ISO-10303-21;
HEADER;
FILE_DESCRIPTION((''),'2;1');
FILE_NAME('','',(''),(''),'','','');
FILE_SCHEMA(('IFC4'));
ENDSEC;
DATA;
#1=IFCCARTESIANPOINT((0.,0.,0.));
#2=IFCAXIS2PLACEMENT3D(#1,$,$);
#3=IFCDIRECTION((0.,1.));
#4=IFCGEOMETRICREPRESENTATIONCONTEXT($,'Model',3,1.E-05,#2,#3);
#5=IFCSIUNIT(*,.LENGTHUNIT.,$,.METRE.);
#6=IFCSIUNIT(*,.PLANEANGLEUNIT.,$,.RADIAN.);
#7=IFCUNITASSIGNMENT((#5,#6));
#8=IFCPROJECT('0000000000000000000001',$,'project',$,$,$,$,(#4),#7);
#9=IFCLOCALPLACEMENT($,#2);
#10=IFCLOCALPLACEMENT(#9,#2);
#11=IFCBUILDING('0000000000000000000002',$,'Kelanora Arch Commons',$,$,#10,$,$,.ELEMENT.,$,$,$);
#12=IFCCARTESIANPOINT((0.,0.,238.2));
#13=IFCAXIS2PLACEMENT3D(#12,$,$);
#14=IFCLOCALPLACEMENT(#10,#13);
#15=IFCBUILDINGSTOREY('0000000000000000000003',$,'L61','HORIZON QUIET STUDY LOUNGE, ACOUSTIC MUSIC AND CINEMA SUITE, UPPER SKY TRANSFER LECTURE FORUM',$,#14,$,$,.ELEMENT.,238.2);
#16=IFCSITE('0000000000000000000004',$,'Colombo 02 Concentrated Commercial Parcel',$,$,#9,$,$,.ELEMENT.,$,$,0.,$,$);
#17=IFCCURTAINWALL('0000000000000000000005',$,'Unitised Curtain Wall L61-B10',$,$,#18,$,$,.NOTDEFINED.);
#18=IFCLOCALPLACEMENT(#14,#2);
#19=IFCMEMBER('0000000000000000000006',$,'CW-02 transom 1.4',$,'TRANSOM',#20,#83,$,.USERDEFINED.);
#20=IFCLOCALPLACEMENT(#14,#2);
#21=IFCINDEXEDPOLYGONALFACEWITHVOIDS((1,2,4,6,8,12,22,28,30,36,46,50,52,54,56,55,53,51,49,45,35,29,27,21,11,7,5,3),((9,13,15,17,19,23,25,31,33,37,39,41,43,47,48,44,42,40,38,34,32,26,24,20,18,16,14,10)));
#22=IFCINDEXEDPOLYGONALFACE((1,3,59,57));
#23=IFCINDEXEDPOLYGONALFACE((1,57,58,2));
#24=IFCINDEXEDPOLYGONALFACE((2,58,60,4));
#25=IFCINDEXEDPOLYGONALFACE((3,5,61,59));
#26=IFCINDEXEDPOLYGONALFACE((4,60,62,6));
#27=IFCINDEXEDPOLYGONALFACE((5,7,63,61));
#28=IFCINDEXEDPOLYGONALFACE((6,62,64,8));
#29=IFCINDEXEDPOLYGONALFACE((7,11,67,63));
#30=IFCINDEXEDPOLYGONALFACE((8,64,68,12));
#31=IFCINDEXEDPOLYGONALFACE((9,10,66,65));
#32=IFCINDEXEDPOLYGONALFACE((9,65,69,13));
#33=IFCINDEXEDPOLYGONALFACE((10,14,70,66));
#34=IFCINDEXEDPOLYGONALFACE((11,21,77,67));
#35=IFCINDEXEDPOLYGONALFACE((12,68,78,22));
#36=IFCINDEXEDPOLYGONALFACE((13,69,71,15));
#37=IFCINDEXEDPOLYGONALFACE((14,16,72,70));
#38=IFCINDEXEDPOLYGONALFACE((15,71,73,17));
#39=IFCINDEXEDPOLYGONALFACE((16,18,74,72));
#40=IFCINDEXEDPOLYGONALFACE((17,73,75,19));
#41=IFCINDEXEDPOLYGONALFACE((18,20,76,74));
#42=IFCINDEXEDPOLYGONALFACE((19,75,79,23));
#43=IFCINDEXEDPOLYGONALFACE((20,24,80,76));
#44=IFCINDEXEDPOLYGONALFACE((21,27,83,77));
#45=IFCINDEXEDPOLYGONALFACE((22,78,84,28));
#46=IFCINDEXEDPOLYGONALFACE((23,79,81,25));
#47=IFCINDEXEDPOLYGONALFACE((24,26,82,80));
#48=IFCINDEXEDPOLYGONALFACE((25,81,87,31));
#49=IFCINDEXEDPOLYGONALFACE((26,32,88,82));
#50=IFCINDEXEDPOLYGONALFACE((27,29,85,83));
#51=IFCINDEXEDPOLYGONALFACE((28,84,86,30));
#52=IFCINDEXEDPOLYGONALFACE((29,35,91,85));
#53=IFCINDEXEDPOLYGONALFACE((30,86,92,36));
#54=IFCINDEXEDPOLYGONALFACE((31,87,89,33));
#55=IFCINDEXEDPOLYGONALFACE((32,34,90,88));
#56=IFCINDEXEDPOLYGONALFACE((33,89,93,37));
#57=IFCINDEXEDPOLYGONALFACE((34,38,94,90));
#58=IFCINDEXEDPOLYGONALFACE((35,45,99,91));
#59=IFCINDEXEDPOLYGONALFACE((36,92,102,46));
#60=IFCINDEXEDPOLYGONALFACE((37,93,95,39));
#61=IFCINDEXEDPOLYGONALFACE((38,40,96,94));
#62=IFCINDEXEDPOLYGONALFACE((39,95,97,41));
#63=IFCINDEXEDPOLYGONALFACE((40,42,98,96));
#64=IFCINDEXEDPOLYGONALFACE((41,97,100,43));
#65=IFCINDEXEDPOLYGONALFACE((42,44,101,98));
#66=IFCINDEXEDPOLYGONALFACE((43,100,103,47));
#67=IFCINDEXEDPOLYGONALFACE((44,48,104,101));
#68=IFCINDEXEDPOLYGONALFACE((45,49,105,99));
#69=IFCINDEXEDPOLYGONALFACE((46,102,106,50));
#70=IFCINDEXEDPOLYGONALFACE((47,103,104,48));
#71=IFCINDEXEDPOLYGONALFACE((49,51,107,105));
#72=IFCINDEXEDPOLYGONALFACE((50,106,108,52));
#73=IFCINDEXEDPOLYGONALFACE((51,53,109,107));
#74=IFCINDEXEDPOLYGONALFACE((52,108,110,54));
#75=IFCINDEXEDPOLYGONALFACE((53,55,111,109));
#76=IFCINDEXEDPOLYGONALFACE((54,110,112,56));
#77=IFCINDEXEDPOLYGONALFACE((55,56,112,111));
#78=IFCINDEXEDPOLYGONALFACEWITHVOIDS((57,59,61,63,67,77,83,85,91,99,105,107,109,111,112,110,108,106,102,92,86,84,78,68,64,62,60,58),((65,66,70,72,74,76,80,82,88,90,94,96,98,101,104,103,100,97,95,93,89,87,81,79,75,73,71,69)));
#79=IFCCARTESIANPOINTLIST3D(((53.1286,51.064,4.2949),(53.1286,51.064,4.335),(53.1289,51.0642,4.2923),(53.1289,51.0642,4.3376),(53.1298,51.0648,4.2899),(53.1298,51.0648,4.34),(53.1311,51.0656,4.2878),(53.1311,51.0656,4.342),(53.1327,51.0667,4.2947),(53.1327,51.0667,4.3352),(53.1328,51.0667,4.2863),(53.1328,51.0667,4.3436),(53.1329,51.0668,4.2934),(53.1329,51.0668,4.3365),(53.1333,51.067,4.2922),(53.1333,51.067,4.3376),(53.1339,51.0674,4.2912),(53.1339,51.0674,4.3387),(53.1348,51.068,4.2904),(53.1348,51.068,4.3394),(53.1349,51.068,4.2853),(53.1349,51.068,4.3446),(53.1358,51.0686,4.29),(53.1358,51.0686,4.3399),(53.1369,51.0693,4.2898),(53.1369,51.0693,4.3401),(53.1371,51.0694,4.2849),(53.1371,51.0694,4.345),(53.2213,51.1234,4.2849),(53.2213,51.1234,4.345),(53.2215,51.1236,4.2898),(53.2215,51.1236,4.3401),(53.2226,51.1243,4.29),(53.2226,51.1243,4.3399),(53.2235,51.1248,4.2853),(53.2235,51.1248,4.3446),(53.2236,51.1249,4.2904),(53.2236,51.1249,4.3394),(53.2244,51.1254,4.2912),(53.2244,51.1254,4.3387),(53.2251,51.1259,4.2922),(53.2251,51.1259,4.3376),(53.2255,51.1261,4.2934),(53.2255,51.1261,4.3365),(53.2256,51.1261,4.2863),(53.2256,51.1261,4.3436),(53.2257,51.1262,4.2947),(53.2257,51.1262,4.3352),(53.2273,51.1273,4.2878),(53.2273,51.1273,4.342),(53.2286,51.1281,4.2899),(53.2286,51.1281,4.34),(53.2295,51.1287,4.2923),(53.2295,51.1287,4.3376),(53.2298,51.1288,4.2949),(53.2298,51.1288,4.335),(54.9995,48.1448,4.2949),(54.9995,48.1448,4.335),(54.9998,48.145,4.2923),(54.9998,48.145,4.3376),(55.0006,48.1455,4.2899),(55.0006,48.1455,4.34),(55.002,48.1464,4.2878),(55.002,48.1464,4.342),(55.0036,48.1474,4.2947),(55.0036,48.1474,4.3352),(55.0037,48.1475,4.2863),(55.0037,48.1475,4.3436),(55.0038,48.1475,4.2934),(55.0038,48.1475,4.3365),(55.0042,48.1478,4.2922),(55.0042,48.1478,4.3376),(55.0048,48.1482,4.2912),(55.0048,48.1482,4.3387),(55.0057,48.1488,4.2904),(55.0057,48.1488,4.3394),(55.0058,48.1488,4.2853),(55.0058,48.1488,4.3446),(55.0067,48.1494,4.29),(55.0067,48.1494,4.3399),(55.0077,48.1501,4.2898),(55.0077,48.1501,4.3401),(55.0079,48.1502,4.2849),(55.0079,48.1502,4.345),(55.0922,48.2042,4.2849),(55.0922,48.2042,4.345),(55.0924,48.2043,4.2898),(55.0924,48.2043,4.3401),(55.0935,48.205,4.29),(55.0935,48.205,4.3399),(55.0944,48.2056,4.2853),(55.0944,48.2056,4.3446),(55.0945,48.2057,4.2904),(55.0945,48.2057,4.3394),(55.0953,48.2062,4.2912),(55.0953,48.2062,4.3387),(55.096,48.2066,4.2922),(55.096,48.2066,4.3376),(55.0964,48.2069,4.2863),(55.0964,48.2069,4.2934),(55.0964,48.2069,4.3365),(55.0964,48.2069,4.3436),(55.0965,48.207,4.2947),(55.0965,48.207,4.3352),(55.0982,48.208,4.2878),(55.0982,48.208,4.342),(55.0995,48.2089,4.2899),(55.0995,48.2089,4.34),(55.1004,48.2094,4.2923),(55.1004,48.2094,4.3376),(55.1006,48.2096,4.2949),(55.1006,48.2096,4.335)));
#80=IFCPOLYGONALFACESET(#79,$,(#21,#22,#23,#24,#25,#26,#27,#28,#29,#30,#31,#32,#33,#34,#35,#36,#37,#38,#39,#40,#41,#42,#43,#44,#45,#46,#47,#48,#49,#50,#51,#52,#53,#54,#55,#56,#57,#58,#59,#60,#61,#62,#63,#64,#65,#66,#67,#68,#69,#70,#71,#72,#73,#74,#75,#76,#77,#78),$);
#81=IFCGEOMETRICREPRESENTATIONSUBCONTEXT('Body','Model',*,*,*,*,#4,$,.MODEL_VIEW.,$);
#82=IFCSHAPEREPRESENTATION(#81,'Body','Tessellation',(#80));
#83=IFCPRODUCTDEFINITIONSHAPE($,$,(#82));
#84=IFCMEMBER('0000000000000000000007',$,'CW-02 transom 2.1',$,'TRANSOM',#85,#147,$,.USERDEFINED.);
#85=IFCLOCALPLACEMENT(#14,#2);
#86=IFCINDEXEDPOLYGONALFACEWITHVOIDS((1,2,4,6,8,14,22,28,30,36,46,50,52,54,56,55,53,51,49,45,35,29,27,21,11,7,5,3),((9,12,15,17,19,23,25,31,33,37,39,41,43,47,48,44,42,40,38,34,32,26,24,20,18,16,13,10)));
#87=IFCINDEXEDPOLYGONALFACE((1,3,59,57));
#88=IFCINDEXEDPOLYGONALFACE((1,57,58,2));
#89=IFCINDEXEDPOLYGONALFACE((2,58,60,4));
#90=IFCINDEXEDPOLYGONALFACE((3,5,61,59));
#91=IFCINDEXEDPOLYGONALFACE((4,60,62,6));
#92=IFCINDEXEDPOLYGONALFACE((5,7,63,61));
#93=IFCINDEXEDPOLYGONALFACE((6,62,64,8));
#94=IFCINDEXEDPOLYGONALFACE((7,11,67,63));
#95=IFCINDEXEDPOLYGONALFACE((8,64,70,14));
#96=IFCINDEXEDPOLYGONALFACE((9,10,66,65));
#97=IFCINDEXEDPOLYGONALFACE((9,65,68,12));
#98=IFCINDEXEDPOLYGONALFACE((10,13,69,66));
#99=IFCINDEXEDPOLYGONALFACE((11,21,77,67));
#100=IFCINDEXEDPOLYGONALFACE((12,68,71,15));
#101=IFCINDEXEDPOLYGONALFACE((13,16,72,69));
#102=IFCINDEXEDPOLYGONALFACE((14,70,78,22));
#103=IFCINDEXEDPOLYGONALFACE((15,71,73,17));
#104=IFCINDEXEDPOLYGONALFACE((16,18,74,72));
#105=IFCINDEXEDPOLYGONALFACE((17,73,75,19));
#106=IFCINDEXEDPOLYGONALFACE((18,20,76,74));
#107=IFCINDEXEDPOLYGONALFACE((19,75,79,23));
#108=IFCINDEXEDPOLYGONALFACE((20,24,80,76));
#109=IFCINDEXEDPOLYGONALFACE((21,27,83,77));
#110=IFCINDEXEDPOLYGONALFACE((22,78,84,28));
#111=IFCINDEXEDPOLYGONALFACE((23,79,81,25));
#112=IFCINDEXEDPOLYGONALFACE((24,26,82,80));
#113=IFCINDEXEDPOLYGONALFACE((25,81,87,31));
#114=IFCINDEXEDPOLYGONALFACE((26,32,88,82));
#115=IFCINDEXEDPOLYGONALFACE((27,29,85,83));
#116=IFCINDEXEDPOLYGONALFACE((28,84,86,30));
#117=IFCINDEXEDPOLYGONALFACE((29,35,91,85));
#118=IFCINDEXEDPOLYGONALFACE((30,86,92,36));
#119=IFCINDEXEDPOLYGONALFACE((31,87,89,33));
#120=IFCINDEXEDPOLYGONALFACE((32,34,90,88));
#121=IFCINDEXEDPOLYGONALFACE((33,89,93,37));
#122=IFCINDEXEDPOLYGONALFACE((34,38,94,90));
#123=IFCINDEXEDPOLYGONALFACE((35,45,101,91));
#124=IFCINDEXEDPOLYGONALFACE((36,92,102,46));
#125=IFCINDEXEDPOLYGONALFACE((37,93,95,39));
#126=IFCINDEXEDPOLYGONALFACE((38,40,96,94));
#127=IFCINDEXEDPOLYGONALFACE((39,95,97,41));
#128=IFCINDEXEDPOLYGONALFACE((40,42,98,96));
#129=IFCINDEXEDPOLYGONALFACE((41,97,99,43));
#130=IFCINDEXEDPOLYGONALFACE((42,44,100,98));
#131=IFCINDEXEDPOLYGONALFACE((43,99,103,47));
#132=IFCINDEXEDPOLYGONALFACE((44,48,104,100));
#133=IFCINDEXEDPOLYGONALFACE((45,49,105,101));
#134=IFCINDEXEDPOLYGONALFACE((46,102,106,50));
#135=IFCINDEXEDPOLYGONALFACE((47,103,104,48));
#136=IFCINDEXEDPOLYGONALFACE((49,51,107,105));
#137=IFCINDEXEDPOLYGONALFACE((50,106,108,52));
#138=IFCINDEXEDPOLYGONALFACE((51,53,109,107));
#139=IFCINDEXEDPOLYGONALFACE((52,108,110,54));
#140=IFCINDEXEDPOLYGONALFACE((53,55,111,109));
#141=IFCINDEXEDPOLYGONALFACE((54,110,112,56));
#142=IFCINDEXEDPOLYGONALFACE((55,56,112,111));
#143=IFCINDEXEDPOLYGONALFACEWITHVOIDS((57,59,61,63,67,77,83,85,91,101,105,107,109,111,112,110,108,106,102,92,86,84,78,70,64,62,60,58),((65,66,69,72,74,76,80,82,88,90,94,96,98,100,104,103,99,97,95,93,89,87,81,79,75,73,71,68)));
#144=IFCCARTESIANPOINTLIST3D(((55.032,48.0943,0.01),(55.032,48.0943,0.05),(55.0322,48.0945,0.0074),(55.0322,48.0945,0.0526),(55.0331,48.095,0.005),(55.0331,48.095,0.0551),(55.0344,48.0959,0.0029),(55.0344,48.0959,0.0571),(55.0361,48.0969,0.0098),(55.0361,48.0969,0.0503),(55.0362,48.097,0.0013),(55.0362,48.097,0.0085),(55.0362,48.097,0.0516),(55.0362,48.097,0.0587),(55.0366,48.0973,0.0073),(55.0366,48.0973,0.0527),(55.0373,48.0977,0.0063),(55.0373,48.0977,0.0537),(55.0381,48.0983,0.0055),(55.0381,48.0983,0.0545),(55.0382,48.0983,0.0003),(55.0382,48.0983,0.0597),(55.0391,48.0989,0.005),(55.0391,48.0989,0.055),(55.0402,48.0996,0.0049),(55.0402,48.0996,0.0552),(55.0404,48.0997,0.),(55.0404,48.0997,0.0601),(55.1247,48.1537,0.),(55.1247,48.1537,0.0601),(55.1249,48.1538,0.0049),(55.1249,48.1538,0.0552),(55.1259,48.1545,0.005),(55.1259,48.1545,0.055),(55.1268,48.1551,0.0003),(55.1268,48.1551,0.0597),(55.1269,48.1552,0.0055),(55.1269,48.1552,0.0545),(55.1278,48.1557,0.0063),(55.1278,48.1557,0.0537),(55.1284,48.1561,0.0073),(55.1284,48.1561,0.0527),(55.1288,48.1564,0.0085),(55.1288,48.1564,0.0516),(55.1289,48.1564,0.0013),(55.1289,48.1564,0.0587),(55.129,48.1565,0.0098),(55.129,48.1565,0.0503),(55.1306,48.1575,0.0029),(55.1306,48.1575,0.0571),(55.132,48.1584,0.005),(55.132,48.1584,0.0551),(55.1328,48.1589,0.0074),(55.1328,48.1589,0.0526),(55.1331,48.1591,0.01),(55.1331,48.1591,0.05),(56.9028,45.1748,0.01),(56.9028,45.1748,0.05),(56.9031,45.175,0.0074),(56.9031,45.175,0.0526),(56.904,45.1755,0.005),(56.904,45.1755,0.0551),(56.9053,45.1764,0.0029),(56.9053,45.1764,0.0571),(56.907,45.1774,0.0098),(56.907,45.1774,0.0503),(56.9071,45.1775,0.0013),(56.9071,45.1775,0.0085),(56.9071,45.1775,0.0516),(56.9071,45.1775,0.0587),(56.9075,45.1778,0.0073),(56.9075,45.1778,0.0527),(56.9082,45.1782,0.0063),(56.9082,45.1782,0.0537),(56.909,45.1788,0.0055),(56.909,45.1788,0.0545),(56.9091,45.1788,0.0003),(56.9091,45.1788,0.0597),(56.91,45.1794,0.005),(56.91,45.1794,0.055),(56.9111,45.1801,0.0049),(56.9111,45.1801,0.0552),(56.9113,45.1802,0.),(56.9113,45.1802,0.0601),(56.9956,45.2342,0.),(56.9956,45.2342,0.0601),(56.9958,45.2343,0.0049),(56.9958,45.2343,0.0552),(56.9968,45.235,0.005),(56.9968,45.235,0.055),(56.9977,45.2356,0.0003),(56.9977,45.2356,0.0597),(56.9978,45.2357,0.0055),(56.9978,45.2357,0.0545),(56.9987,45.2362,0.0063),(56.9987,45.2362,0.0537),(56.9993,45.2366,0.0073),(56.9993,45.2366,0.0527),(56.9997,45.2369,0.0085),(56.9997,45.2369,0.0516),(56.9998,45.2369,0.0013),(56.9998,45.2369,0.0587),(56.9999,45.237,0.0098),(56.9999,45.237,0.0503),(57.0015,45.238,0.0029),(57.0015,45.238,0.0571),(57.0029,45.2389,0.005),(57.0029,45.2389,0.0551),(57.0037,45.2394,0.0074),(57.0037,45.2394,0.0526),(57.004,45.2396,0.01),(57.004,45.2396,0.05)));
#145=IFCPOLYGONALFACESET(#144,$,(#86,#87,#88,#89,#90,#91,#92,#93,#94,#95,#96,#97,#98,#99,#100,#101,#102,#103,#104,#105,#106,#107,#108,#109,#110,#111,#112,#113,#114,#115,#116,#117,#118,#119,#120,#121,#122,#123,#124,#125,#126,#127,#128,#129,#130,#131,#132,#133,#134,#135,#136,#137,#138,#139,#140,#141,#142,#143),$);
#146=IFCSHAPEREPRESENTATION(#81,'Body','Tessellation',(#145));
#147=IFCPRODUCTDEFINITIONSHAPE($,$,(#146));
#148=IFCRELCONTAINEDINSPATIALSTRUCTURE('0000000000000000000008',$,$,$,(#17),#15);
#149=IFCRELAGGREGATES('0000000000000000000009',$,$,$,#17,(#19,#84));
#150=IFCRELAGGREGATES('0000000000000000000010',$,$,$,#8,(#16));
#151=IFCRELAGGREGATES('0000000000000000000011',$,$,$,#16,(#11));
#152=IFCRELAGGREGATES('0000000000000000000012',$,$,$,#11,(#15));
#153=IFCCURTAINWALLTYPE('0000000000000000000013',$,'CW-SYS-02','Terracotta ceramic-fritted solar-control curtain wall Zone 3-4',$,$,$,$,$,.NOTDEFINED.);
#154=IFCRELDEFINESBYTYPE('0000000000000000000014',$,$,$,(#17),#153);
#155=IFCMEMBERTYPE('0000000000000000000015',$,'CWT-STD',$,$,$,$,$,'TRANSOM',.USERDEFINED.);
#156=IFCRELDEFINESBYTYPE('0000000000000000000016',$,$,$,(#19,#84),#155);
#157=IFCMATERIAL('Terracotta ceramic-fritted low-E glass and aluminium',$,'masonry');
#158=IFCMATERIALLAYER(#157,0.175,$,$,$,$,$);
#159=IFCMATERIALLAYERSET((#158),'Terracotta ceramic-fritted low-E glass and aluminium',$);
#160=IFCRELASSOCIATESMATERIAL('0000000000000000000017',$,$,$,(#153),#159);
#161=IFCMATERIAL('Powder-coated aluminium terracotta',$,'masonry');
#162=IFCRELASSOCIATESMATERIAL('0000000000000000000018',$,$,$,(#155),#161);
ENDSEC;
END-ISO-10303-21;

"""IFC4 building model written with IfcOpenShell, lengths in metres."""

from ifc_helpers import new_model, si_unit, direction, frame, origin, origin_2d, place, context, subcontext, project, spatial, hollow_rectangle, extrude, material, layer, layer_set, material_profile, profile_set, type_object, element, aggregate, save


model = new_model("IFC4")

# Units and contexts
model_context = context("Model", 3, precision=1e-05, world=origin(), true_north=direction((0.0, 1.0)))
body_context = subcontext(model_context, "Body", "Model", "MODEL_VIEW")
ifc_project = project(units=[si_unit("LENGTHUNIT", "METRE"), si_unit("PLANEANGLEUNIT", "RADIAN")], contexts=[model_context])

# Site, building, storey
site_placement = place(None, origin())
site = spatial("IfcSite", under=ifc_project, at=site_placement, Name="Colombo 02 Concentrated Commercial Parcel", CompositionType="ELEMENT", RefElevation=0.0)
building_placement = place(site_placement, origin())
building = spatial("IfcBuilding", under=site, at=building_placement, Name="Kelanora Arch Commons", CompositionType="ELEMENT")
storey_placement = place(building_placement, frame((0.0, 0.0, 238.2)))
storey = spatial("IfcBuildingStorey", under=building, at=storey_placement, Name="L61", Description="HORIZON QUIET STUDY LOUNGE, ACOUSTIC MUSIC AND CINEMA SUITE, UPPER SKY TRANSFER LECTURE FORUM", CompositionType="ELEMENT", Elevation=238.2)

# Shared definitions
ifc_material_1 = material(Name="Terracotta ceramic-fritted low-E glass and aluminium", Category="masonry")
ifc_layer_1 = layer(ifc_material_1, 0.175)
ifc_layer_set_1 = layer_set([ifc_layer_1], Name="Terracotta ceramic-fritted low-E glass and aluminium")
curtain_wall_type = type_object("IfcCurtainWallType", Name="CW-SYS-02", Description="Terracotta ceramic-fritted solar-control curtain wall Zone 3-4", PredefinedType="NOTDEFINED", material=ifc_layer_set_1)
ifc_material_2 = material(Name="Powder-coated aluminium terracotta", Category="masonry")

# Curtain wall, members
curtain_wall_1_placement = place(storey_placement, origin())
curtain_wall_1 = element("IfcCurtainWall", 1, at=curtain_wall_1_placement, inside=storey, type_object=curtain_wall_type, Name="Unitised Curtain Wall L61-B10", PredefinedType="NOTDEFINED")
ifc_material_profile_1 = material_profile(ifc_material_2, hollow_rectangle(XDim=0.1201, YDim=0.0601, WallThickness=0.0049, InnerFilletRadius=0.0049, OuterFilletRadius=0.01, at=origin_2d()), Name="CWT120x60")
ifc_profile_set_1 = profile_set([ifc_material_profile_1], Name="Powder-coated aluminium terracotta")
member_type_1 = type_object("IfcMemberType", Name="CWT-STD", ElementType="TRANSOM", PredefinedType="USERDEFINED", material=ifc_profile_set_1)
member_1_placement = place(storey_placement, frame((53.1792, 51.0964, 4.3149), z_axis=(0.539579, -0.841935, 0.0), x_axis=(0.841935, 0.539579, 0.0)))
member_1 = element("IfcMember", 2, at=member_1_placement, type_object=member_type_1, Name="CW-02 transom 1.4", ObjectType="TRANSOM", PredefinedType="USERDEFINED", context=body_context, shape_type="SweptSolid", body=[
    extrude(hollow_rectangle(XDim=0.1201, YDim=0.0601, WallThickness=0.0049, InnerFilletRadius=0.0049, OuterFilletRadius=0.01, at=origin_2d()), origin(), (0.0, 0.0, 1.0), 3.4673),
])
member_2_placement = place(storey_placement, frame((55.0825, 48.1267, 0.03), z_axis=(0.539547, -0.841955, 0.0), x_axis=(0.841955, 0.539547, 0.0)))
member_2 = element("IfcMember", 3, at=member_2_placement, type_object=member_type_1, Name="CW-02 transom 2.1", ObjectType="TRANSOM", PredefinedType="USERDEFINED", context=body_context, shape_type="SweptSolid", body=[
    extrude(hollow_rectangle(XDim=0.1201, YDim=0.0601, WallThickness=0.0049, InnerFilletRadius=0.0049, OuterFilletRadius=0.01, at=origin_2d()), origin(), (0.0, 0.0, 1.0), 3.4675),
])

aggregate(curtain_wall_1, [member_1, member_2])

save(model, "model.ifc")
